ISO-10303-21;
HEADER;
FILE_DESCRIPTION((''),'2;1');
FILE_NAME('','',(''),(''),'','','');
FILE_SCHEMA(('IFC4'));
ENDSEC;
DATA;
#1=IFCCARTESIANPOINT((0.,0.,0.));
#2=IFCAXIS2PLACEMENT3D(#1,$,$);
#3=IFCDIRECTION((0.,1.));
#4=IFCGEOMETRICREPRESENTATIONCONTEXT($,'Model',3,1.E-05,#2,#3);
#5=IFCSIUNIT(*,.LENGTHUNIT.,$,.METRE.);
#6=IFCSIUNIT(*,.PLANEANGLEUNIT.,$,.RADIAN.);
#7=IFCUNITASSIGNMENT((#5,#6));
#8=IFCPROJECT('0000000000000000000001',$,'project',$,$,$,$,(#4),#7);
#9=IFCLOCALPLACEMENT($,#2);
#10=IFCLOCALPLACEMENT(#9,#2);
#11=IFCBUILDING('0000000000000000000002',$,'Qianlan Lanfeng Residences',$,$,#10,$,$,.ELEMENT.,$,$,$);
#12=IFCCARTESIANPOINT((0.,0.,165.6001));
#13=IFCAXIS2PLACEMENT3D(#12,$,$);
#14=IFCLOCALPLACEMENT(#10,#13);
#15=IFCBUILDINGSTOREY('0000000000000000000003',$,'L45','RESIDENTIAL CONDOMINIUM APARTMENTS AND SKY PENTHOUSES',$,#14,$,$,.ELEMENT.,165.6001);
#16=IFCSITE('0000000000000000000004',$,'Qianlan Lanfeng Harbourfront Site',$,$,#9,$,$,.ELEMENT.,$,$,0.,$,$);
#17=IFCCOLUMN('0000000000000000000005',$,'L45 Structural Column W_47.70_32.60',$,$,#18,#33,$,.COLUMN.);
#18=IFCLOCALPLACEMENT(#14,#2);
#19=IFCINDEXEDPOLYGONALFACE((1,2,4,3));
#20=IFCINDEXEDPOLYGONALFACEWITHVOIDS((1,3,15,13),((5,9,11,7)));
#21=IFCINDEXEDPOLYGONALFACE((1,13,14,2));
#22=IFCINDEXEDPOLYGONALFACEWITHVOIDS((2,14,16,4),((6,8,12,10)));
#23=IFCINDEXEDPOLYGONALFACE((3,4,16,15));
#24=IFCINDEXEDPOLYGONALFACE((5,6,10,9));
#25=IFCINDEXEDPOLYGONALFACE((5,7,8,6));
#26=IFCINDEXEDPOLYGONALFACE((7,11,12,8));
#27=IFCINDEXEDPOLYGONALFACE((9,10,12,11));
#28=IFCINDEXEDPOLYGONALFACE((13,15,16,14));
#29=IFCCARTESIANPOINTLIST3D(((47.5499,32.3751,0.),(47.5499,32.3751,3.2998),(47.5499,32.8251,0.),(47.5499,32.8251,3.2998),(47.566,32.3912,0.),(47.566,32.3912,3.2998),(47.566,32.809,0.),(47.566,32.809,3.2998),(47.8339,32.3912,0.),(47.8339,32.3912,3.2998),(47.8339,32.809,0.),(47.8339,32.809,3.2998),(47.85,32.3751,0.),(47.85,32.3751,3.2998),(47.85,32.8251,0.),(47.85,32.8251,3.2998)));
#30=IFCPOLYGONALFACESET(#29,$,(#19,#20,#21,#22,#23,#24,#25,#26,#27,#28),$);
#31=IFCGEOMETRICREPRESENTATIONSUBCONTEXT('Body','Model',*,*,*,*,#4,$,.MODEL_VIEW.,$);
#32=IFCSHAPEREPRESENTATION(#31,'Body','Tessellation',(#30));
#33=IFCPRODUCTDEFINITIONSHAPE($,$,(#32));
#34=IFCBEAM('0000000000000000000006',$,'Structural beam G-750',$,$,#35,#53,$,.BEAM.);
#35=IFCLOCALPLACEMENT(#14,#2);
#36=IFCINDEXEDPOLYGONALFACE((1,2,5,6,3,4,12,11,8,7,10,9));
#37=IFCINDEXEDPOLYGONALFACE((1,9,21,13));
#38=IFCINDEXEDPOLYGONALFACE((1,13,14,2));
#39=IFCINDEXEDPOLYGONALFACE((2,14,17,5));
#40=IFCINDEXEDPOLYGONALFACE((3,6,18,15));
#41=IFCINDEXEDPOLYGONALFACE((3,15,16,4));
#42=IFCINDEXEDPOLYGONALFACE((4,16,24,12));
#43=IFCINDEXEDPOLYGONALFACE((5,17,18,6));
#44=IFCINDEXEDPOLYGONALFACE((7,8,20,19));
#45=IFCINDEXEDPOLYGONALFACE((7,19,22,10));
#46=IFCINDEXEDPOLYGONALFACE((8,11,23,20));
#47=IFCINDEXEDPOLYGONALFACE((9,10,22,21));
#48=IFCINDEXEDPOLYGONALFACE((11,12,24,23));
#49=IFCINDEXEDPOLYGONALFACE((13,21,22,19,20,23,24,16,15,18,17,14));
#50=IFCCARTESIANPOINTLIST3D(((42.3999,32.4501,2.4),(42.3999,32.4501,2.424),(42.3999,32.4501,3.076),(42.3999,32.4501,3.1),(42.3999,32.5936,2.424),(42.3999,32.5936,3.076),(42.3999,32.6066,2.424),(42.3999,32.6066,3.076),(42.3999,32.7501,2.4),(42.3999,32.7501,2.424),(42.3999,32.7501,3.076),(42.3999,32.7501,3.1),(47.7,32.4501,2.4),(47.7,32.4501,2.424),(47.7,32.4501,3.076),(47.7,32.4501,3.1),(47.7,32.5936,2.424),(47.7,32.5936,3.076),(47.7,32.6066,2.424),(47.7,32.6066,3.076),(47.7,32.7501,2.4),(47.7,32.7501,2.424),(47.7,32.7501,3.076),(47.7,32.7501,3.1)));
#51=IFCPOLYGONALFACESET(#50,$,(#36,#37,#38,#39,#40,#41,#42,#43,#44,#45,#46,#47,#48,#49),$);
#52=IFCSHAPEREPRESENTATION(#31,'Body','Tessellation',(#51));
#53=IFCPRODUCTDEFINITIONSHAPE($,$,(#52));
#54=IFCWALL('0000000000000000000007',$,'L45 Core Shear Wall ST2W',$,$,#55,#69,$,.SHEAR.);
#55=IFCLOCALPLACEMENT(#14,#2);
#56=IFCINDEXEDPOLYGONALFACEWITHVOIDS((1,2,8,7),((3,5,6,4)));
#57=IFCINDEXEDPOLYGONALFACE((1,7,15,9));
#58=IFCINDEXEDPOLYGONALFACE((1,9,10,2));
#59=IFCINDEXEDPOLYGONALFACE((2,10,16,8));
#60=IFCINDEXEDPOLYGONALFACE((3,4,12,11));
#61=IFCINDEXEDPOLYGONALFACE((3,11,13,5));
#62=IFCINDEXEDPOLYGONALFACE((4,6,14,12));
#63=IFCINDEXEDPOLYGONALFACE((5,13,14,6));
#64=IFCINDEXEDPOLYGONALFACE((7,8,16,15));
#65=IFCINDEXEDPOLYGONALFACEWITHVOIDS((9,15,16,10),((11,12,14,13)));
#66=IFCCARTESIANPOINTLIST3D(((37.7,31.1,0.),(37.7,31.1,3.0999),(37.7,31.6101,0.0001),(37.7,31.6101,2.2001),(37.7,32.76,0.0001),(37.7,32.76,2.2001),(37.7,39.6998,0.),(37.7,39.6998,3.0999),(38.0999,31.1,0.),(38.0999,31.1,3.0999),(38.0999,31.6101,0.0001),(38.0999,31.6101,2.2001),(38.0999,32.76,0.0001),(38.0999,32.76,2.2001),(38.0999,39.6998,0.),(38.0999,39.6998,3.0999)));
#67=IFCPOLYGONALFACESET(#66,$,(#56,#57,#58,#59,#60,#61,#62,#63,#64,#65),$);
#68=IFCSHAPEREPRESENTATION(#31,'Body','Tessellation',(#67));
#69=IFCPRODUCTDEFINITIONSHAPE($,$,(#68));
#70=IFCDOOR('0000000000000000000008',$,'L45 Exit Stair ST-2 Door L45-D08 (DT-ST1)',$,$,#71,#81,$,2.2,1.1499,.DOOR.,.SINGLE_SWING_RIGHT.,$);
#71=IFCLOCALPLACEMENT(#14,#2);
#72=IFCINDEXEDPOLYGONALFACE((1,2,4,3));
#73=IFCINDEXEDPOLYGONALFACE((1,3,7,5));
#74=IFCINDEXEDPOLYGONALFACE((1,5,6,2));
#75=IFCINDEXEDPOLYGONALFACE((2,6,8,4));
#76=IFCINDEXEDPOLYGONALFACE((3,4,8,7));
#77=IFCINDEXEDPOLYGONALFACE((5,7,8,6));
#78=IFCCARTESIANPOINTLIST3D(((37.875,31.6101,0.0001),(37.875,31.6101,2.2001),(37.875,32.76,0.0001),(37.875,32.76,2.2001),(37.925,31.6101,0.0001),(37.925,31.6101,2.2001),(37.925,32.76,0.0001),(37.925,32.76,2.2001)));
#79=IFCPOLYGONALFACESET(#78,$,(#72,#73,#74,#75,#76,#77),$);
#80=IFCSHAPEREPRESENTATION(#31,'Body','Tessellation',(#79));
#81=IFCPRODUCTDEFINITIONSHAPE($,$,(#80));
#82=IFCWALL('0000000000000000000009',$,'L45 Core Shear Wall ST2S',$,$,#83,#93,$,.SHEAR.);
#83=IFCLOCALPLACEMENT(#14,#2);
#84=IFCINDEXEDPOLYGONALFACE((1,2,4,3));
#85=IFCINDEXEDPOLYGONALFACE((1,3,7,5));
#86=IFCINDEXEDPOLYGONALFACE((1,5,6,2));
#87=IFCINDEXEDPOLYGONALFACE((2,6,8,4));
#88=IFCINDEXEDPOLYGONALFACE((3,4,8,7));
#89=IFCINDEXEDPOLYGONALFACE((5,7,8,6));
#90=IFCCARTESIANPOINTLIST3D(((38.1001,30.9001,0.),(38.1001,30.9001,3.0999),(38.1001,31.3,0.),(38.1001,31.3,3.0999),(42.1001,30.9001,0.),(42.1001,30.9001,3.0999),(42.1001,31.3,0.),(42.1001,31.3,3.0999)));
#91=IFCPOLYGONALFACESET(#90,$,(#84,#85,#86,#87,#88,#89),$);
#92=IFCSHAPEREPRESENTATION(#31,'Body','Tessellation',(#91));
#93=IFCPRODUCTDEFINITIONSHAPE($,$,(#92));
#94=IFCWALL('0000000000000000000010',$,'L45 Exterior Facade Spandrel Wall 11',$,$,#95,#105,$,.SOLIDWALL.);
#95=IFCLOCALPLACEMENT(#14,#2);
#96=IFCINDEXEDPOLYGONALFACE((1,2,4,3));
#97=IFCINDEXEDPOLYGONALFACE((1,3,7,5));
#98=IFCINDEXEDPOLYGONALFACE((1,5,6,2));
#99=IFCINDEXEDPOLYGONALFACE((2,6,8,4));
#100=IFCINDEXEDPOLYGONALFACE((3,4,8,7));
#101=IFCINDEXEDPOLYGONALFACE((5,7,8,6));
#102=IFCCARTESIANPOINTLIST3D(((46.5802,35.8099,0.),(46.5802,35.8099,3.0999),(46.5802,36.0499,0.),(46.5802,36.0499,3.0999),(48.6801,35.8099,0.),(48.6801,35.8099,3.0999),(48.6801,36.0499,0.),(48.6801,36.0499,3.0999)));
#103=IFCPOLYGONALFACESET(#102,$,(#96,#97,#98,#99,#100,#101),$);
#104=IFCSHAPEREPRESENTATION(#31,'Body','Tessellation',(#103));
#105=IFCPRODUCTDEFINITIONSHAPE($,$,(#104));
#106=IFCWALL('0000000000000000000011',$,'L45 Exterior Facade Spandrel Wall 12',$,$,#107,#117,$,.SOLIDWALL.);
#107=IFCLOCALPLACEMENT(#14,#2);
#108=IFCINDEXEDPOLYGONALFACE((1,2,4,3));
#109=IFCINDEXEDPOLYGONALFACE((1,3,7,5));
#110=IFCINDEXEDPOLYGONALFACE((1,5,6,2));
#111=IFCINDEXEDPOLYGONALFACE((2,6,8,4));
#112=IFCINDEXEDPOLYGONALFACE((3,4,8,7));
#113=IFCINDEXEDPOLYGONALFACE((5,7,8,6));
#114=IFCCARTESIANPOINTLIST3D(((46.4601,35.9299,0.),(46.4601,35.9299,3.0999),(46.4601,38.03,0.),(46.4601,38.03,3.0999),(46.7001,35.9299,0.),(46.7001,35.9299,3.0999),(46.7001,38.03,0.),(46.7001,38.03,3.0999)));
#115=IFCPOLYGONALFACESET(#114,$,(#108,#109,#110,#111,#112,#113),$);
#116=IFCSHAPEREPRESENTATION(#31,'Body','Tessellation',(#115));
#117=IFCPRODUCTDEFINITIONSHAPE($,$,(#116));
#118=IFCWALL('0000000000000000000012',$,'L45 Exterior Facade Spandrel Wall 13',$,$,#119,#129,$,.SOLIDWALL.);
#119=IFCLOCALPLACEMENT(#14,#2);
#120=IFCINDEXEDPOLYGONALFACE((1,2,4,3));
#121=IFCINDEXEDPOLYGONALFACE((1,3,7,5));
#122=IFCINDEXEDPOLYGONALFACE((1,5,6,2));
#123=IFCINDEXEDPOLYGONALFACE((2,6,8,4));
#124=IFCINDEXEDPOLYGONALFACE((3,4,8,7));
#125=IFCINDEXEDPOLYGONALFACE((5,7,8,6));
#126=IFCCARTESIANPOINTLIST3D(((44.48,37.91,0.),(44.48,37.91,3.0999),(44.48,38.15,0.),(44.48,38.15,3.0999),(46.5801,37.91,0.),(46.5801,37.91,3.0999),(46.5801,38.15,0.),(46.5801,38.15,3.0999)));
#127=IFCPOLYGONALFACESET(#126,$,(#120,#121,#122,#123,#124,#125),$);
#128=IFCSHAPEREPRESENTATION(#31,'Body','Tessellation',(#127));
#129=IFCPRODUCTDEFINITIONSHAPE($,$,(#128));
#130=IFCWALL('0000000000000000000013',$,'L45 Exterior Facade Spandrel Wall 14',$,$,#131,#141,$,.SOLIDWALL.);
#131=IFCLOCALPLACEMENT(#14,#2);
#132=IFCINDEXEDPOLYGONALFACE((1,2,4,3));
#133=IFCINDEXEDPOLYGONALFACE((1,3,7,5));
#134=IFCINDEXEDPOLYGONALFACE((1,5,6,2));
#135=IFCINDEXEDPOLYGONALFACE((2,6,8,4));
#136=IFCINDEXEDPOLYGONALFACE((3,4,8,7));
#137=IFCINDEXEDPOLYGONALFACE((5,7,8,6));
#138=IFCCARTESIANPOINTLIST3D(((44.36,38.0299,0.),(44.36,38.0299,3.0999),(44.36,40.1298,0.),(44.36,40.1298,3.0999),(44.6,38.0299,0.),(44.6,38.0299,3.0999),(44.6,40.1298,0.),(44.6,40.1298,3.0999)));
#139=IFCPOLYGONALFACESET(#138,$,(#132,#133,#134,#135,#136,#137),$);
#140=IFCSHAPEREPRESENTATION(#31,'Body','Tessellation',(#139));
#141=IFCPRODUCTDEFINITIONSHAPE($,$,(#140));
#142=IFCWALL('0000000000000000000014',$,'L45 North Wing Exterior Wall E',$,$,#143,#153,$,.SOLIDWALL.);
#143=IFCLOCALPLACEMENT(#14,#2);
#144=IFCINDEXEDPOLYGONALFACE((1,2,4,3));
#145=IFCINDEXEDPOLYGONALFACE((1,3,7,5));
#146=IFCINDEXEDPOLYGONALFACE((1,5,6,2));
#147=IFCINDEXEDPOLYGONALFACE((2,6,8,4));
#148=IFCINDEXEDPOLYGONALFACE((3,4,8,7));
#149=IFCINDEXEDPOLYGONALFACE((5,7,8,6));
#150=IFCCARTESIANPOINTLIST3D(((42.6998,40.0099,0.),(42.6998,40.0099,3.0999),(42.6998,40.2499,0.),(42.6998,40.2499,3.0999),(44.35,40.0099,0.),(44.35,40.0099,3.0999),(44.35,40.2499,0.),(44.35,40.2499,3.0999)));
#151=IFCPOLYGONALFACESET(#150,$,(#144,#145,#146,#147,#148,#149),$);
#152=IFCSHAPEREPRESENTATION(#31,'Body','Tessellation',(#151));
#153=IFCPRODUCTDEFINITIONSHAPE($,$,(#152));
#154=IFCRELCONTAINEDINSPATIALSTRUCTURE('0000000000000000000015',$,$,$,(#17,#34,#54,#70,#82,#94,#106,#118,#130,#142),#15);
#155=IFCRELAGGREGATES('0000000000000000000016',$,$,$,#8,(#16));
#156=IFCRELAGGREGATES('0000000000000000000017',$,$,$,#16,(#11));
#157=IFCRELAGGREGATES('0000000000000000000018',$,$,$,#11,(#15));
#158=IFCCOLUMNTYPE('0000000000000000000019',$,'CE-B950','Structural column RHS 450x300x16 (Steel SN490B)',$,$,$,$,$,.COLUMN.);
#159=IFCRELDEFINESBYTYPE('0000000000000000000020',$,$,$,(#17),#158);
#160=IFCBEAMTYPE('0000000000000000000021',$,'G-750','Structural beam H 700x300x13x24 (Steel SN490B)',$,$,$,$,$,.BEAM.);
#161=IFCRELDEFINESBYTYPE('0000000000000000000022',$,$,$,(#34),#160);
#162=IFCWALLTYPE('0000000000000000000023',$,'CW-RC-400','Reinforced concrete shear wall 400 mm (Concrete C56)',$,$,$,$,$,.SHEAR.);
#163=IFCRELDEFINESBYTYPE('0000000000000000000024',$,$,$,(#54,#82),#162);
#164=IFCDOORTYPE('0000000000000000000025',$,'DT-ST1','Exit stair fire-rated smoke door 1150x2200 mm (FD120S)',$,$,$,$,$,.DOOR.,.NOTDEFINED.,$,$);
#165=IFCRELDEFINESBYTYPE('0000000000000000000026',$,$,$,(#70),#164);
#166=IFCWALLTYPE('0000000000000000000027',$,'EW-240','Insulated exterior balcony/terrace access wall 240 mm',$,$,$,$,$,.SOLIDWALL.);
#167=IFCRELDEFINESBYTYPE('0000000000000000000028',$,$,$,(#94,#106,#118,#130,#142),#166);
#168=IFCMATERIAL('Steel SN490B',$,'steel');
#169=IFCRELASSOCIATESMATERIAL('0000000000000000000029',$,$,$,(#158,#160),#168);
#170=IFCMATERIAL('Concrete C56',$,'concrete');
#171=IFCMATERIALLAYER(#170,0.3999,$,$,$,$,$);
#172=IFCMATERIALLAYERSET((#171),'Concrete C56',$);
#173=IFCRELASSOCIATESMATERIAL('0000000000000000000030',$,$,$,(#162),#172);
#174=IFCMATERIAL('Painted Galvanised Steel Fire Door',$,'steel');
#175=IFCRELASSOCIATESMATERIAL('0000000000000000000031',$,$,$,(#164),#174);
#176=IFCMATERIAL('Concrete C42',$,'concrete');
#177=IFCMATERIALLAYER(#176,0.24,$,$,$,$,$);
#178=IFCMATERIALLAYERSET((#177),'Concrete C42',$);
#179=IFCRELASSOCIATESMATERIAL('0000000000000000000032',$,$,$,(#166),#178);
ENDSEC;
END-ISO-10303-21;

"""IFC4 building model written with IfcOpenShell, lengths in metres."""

from ifc_helpers import new_model, si_unit, direction, frame, frame_2d, origin, origin_2d, place, context, subcontext, project, spatial, rectangle, hollow_rectangle, i_section, extrude, material, layer, layer_set, material_profile, profile_set, type_object, element, fill, save


model = new_model("IFC4")

# Units and contexts
model_context = context("Model", 3, precision=1e-05, world=origin(), true_north=direction((0.0, 1.0)))
body_context = subcontext(model_context, "Body", "Model", "MODEL_VIEW")
ifc_project = project(units=[si_unit("LENGTHUNIT", "METRE"), si_unit("PLANEANGLEUNIT", "RADIAN")], contexts=[model_context])

# Site, building, storey
site_placement = place(None, origin())
site = spatial("IfcSite", under=ifc_project, at=site_placement, Name="Qianlan Lanfeng Harbourfront Site", CompositionType="ELEMENT", RefElevation=0.0)
building_placement = place(site_placement, origin())
building = spatial("IfcBuilding", under=site, at=building_placement, Name="Qianlan Lanfeng Residences", CompositionType="ELEMENT")
storey_placement = place(building_placement, frame((0.0, 0.0, 165.6001)))
storey = spatial("IfcBuildingStorey", under=building, at=storey_placement, Name="L45", Description="RESIDENTIAL CONDOMINIUM APARTMENTS AND SKY PENTHOUSES", CompositionType="ELEMENT", Elevation=165.6001)

# Column
ifc_material_1 = material(Name="Steel SN490B", Category="steel")
ifc_material_profile_1 = material_profile(ifc_material_1, hollow_rectangle(XDim=0.3, YDim=0.45, WallThickness=0.0161, at=origin_2d()), Name="RHS 450x300x16")
ifc_profile_set_1 = profile_set([ifc_material_profile_1], Name="Steel SN490B")
column_type = type_object("IfcColumnType", Name="CE-B950", Description="Structural column RHS 450x300x16 (Steel SN490B)", PredefinedType="COLUMN", material=ifc_profile_set_1)
column_placement = place(storey_placement, frame((47.7, 32.6001, 0.0), z_axis=(0.0, 0.0, 1.0), x_axis=(1.0, 0.0, 0.0)))
element("IfcColumn", 1, at=column_placement, inside=storey, type_object=column_type, Name="L45 Structural Column W_47.70_32.60", PredefinedType="COLUMN", context=body_context, shape_type="SweptSolid", body=[
    extrude(hollow_rectangle(XDim=0.3, YDim=0.45, WallThickness=0.0161, at=origin_2d()), origin(), (0.0, 0.0, 1.0), 3.2998),
])

# Beam
ifc_material_profile_2 = material_profile(ifc_material_1, i_section(OverallWidth=0.3, OverallDepth=0.7, WebThickness=0.0129, FlangeThickness=0.0239, at=origin_2d()), Name="H 700x300x13x24")
ifc_profile_set_2 = profile_set([ifc_material_profile_2], Name="Steel SN490B")
beam_type = type_object("IfcBeamType", Name="G-750", Description="Structural beam H 700x300x13x24 (Steel SN490B)", PredefinedType="BEAM", material=ifc_profile_set_2)
beam_placement = place(storey_placement, frame((42.3999, 32.6001, 2.75), z_axis=(1.0, 0.0, 0.0), x_axis=(0.0, 1.0, 0.0)))
element("IfcBeam", 2, at=beam_placement, inside=storey, type_object=beam_type, Name="Structural beam G-750", PredefinedType="BEAM", context=body_context, shape_type="SweptSolid", body=[
    extrude(i_section(OverallWidth=0.3, OverallDepth=0.7, WebThickness=0.0129, FlangeThickness=0.0239, at=origin_2d()), origin(), (0.0, 0.0, 1.0), 5.3),
])

# Wall, opening, door
ifc_material_2 = material(Name="Concrete C56", Category="concrete")
ifc_layer_1 = layer(ifc_material_2, 0.3999)
ifc_layer_set_1 = layer_set([ifc_layer_1], Name="Concrete C56")
wall_type_1 = type_object("IfcWallType", Name="CW-RC-400", Description="Reinforced concrete shear wall 400 mm (Concrete C56)", PredefinedType="SHEAR", material=ifc_layer_set_1)
wall_1_placement = place(storey_placement, frame((37.8999, 31.1001, 0.0), z_axis=(0.0, 0.0, 1.0), x_axis=(0.0, 1.0, 0.0)))
wall_1 = element("IfcWall", 3, at=wall_1_placement, inside=storey, type_object=wall_type_1, Name="L45 Core Shear Wall ST2W", PredefinedType="SHEAR", context=body_context, shape_type="SweptSolid", body=[
    extrude(rectangle(XDim=8.5999, YDim=0.3999, at=frame_2d((4.2998, 0.0))), origin(), (0.0, 0.0, 1.0), 3.0999),
])
opening_1_placement = place(wall_1_placement, frame((0.51, 0.0, 0.0)))
opening_1 = element("IfcOpeningElement", 4, at=opening_1_placement, cuts=wall_1, PredefinedType="OPENING", context=body_context, shape_type="SweptSolid", body=[
    extrude(rectangle(XDim=1.1499, YDim=2.2, at=frame_2d((0.575, 1.1001))), frame((0.0, 0.21, 0.0), z_axis=(0.0, -1.0, 0.0), x_axis=(1.0, 0.0, 0.0)), (0.0, 0.0, 1.0), 0.4199),
])
ifc_material_3 = material(Name="Painted Galvanised Steel Fire Door", Category="steel")
door_type_1 = type_object("IfcDoorType", Name="DT-ST1", Description="Exit stair fire-rated smoke door 1150x2200 mm (FD120S)", OperationType="NOTDEFINED", PredefinedType="DOOR", material=ifc_material_3)
door_1_placement = place(opening_1_placement, origin())
door_1 = element("IfcDoor", 5, at=door_1_placement, inside=storey, type_object=door_type_1, Name="L45 Exit Stair ST-2 Door L45-D08 (DT-ST1)", OperationType="SINGLE_SWING_RIGHT", OverallHeight=2.2, OverallWidth=1.1499, PredefinedType="DOOR", context=body_context, shape_type="SweptSolid", body=[
    extrude(rectangle(XDim=1.1499, YDim=2.2, at=frame_2d((0.575, 1.1001))), frame((0.0, 0.0249, 0.0), z_axis=(0.0, -1.0, 0.0), x_axis=(1.0, 0.0, 0.0)), (0.0, 0.0, 1.0), 0.05),
])
fill(opening_1, door_1)

# Walls
wall_2_placement = place(storey_placement, frame((38.1001, 31.1001, 0.0), z_axis=(0.0, 0.0, 1.0), x_axis=(1.0, 0.0, 0.0)))
element("IfcWall", 6, at=wall_2_placement, inside=storey, type_object=wall_type_1, Name="L45 Core Shear Wall ST2S", PredefinedType="SHEAR", context=body_context, shape_type="SweptSolid", body=[
    extrude(rectangle(XDim=4.0, YDim=0.3999, at=frame_2d((2.0, 0.0))), origin(), (0.0, 0.0, 1.0), 3.0999),
])
ifc_material_4 = material(Name="Concrete C42", Category="concrete")
ifc_layer_2 = layer(ifc_material_4, 0.24)
ifc_layer_set_2 = layer_set([ifc_layer_2], Name="Concrete C42")
wall_type_2 = type_object("IfcWallType", Name="EW-240", Description="Insulated exterior balcony/terrace access wall 240 mm", PredefinedType="SOLIDWALL", material=ifc_layer_set_2)
wall_3_placement = place(storey_placement, frame((48.6799, 35.9299, 0.0), z_axis=(0.0, 0.0, 1.0), x_axis=(-1.0, 0.0, 0.0)))
element("IfcWall", 7, at=wall_3_placement, inside=storey, type_object=wall_type_2, Name="L45 Exterior Facade Spandrel Wall 11", PredefinedType="SOLIDWALL", context=body_context, shape_type="SweptSolid", body=[
    extrude(rectangle(XDim=2.0999, YDim=0.24, at=frame_2d((1.0498, 0.0))), origin(), (0.0, 0.0, 1.0), 3.0999),
])
for number, where, z_axis, x_axis, name in (
    (8, (46.5801, 35.9299, 0.0), (0.0, 0.0, 1.0), (0.0, 1.0, 0.0), "L45 Exterior Facade Spandrel Wall 12"),
    (9, (46.5801, 38.03, 0.0), (0.0, 0.0, 1.0), (-1.0, 0.0, 0.0), "L45 Exterior Facade Spandrel Wall 13"),
):
    element("IfcWall", number, at=place(storey_placement, frame(where, z_axis=z_axis, x_axis=x_axis)), inside=storey, type_object=wall_type_2, Name=name, PredefinedType="SOLIDWALL", context=body_context, shape_type="SweptSolid", body=[
        extrude(rectangle(XDim=2.1001, YDim=0.24, at=frame_2d((1.05, 0.0))), origin(), (0.0, 0.0, 1.0), 3.0999),
    ])
wall_4_placement = place(storey_placement, frame((44.48, 38.03, 0.0), z_axis=(0.0, 0.0, 1.0), x_axis=(0.0, 1.0, 0.0)))
element("IfcWall", 10, at=wall_4_placement, inside=storey, type_object=wall_type_2, Name="L45 Exterior Facade Spandrel Wall 14", PredefinedType="SOLIDWALL", context=body_context, shape_type="SweptSolid", body=[
    extrude(rectangle(XDim=2.0999, YDim=0.24, at=frame_2d((1.0498, 0.0))), origin(), (0.0, 0.0, 1.0), 3.0999),
])
wall_5_placement = place(storey_placement, frame((44.3501, 40.1299, 0.0), z_axis=(0.0, 0.0, 1.0), x_axis=(-1.0, 0.0, 0.0)))
element("IfcWall", 11, at=wall_5_placement, inside=storey, type_object=wall_type_2, Name="L45 North Wing Exterior Wall E", PredefinedType="SOLIDWALL", context=body_context, shape_type="SweptSolid", body=[
    extrude(rectangle(XDim=1.6501, YDim=0.24, at=frame_2d((0.8252, 0.0))), origin(), (0.0, 0.0, 1.0), 3.0999),
])

save(model, "model.ifc")
